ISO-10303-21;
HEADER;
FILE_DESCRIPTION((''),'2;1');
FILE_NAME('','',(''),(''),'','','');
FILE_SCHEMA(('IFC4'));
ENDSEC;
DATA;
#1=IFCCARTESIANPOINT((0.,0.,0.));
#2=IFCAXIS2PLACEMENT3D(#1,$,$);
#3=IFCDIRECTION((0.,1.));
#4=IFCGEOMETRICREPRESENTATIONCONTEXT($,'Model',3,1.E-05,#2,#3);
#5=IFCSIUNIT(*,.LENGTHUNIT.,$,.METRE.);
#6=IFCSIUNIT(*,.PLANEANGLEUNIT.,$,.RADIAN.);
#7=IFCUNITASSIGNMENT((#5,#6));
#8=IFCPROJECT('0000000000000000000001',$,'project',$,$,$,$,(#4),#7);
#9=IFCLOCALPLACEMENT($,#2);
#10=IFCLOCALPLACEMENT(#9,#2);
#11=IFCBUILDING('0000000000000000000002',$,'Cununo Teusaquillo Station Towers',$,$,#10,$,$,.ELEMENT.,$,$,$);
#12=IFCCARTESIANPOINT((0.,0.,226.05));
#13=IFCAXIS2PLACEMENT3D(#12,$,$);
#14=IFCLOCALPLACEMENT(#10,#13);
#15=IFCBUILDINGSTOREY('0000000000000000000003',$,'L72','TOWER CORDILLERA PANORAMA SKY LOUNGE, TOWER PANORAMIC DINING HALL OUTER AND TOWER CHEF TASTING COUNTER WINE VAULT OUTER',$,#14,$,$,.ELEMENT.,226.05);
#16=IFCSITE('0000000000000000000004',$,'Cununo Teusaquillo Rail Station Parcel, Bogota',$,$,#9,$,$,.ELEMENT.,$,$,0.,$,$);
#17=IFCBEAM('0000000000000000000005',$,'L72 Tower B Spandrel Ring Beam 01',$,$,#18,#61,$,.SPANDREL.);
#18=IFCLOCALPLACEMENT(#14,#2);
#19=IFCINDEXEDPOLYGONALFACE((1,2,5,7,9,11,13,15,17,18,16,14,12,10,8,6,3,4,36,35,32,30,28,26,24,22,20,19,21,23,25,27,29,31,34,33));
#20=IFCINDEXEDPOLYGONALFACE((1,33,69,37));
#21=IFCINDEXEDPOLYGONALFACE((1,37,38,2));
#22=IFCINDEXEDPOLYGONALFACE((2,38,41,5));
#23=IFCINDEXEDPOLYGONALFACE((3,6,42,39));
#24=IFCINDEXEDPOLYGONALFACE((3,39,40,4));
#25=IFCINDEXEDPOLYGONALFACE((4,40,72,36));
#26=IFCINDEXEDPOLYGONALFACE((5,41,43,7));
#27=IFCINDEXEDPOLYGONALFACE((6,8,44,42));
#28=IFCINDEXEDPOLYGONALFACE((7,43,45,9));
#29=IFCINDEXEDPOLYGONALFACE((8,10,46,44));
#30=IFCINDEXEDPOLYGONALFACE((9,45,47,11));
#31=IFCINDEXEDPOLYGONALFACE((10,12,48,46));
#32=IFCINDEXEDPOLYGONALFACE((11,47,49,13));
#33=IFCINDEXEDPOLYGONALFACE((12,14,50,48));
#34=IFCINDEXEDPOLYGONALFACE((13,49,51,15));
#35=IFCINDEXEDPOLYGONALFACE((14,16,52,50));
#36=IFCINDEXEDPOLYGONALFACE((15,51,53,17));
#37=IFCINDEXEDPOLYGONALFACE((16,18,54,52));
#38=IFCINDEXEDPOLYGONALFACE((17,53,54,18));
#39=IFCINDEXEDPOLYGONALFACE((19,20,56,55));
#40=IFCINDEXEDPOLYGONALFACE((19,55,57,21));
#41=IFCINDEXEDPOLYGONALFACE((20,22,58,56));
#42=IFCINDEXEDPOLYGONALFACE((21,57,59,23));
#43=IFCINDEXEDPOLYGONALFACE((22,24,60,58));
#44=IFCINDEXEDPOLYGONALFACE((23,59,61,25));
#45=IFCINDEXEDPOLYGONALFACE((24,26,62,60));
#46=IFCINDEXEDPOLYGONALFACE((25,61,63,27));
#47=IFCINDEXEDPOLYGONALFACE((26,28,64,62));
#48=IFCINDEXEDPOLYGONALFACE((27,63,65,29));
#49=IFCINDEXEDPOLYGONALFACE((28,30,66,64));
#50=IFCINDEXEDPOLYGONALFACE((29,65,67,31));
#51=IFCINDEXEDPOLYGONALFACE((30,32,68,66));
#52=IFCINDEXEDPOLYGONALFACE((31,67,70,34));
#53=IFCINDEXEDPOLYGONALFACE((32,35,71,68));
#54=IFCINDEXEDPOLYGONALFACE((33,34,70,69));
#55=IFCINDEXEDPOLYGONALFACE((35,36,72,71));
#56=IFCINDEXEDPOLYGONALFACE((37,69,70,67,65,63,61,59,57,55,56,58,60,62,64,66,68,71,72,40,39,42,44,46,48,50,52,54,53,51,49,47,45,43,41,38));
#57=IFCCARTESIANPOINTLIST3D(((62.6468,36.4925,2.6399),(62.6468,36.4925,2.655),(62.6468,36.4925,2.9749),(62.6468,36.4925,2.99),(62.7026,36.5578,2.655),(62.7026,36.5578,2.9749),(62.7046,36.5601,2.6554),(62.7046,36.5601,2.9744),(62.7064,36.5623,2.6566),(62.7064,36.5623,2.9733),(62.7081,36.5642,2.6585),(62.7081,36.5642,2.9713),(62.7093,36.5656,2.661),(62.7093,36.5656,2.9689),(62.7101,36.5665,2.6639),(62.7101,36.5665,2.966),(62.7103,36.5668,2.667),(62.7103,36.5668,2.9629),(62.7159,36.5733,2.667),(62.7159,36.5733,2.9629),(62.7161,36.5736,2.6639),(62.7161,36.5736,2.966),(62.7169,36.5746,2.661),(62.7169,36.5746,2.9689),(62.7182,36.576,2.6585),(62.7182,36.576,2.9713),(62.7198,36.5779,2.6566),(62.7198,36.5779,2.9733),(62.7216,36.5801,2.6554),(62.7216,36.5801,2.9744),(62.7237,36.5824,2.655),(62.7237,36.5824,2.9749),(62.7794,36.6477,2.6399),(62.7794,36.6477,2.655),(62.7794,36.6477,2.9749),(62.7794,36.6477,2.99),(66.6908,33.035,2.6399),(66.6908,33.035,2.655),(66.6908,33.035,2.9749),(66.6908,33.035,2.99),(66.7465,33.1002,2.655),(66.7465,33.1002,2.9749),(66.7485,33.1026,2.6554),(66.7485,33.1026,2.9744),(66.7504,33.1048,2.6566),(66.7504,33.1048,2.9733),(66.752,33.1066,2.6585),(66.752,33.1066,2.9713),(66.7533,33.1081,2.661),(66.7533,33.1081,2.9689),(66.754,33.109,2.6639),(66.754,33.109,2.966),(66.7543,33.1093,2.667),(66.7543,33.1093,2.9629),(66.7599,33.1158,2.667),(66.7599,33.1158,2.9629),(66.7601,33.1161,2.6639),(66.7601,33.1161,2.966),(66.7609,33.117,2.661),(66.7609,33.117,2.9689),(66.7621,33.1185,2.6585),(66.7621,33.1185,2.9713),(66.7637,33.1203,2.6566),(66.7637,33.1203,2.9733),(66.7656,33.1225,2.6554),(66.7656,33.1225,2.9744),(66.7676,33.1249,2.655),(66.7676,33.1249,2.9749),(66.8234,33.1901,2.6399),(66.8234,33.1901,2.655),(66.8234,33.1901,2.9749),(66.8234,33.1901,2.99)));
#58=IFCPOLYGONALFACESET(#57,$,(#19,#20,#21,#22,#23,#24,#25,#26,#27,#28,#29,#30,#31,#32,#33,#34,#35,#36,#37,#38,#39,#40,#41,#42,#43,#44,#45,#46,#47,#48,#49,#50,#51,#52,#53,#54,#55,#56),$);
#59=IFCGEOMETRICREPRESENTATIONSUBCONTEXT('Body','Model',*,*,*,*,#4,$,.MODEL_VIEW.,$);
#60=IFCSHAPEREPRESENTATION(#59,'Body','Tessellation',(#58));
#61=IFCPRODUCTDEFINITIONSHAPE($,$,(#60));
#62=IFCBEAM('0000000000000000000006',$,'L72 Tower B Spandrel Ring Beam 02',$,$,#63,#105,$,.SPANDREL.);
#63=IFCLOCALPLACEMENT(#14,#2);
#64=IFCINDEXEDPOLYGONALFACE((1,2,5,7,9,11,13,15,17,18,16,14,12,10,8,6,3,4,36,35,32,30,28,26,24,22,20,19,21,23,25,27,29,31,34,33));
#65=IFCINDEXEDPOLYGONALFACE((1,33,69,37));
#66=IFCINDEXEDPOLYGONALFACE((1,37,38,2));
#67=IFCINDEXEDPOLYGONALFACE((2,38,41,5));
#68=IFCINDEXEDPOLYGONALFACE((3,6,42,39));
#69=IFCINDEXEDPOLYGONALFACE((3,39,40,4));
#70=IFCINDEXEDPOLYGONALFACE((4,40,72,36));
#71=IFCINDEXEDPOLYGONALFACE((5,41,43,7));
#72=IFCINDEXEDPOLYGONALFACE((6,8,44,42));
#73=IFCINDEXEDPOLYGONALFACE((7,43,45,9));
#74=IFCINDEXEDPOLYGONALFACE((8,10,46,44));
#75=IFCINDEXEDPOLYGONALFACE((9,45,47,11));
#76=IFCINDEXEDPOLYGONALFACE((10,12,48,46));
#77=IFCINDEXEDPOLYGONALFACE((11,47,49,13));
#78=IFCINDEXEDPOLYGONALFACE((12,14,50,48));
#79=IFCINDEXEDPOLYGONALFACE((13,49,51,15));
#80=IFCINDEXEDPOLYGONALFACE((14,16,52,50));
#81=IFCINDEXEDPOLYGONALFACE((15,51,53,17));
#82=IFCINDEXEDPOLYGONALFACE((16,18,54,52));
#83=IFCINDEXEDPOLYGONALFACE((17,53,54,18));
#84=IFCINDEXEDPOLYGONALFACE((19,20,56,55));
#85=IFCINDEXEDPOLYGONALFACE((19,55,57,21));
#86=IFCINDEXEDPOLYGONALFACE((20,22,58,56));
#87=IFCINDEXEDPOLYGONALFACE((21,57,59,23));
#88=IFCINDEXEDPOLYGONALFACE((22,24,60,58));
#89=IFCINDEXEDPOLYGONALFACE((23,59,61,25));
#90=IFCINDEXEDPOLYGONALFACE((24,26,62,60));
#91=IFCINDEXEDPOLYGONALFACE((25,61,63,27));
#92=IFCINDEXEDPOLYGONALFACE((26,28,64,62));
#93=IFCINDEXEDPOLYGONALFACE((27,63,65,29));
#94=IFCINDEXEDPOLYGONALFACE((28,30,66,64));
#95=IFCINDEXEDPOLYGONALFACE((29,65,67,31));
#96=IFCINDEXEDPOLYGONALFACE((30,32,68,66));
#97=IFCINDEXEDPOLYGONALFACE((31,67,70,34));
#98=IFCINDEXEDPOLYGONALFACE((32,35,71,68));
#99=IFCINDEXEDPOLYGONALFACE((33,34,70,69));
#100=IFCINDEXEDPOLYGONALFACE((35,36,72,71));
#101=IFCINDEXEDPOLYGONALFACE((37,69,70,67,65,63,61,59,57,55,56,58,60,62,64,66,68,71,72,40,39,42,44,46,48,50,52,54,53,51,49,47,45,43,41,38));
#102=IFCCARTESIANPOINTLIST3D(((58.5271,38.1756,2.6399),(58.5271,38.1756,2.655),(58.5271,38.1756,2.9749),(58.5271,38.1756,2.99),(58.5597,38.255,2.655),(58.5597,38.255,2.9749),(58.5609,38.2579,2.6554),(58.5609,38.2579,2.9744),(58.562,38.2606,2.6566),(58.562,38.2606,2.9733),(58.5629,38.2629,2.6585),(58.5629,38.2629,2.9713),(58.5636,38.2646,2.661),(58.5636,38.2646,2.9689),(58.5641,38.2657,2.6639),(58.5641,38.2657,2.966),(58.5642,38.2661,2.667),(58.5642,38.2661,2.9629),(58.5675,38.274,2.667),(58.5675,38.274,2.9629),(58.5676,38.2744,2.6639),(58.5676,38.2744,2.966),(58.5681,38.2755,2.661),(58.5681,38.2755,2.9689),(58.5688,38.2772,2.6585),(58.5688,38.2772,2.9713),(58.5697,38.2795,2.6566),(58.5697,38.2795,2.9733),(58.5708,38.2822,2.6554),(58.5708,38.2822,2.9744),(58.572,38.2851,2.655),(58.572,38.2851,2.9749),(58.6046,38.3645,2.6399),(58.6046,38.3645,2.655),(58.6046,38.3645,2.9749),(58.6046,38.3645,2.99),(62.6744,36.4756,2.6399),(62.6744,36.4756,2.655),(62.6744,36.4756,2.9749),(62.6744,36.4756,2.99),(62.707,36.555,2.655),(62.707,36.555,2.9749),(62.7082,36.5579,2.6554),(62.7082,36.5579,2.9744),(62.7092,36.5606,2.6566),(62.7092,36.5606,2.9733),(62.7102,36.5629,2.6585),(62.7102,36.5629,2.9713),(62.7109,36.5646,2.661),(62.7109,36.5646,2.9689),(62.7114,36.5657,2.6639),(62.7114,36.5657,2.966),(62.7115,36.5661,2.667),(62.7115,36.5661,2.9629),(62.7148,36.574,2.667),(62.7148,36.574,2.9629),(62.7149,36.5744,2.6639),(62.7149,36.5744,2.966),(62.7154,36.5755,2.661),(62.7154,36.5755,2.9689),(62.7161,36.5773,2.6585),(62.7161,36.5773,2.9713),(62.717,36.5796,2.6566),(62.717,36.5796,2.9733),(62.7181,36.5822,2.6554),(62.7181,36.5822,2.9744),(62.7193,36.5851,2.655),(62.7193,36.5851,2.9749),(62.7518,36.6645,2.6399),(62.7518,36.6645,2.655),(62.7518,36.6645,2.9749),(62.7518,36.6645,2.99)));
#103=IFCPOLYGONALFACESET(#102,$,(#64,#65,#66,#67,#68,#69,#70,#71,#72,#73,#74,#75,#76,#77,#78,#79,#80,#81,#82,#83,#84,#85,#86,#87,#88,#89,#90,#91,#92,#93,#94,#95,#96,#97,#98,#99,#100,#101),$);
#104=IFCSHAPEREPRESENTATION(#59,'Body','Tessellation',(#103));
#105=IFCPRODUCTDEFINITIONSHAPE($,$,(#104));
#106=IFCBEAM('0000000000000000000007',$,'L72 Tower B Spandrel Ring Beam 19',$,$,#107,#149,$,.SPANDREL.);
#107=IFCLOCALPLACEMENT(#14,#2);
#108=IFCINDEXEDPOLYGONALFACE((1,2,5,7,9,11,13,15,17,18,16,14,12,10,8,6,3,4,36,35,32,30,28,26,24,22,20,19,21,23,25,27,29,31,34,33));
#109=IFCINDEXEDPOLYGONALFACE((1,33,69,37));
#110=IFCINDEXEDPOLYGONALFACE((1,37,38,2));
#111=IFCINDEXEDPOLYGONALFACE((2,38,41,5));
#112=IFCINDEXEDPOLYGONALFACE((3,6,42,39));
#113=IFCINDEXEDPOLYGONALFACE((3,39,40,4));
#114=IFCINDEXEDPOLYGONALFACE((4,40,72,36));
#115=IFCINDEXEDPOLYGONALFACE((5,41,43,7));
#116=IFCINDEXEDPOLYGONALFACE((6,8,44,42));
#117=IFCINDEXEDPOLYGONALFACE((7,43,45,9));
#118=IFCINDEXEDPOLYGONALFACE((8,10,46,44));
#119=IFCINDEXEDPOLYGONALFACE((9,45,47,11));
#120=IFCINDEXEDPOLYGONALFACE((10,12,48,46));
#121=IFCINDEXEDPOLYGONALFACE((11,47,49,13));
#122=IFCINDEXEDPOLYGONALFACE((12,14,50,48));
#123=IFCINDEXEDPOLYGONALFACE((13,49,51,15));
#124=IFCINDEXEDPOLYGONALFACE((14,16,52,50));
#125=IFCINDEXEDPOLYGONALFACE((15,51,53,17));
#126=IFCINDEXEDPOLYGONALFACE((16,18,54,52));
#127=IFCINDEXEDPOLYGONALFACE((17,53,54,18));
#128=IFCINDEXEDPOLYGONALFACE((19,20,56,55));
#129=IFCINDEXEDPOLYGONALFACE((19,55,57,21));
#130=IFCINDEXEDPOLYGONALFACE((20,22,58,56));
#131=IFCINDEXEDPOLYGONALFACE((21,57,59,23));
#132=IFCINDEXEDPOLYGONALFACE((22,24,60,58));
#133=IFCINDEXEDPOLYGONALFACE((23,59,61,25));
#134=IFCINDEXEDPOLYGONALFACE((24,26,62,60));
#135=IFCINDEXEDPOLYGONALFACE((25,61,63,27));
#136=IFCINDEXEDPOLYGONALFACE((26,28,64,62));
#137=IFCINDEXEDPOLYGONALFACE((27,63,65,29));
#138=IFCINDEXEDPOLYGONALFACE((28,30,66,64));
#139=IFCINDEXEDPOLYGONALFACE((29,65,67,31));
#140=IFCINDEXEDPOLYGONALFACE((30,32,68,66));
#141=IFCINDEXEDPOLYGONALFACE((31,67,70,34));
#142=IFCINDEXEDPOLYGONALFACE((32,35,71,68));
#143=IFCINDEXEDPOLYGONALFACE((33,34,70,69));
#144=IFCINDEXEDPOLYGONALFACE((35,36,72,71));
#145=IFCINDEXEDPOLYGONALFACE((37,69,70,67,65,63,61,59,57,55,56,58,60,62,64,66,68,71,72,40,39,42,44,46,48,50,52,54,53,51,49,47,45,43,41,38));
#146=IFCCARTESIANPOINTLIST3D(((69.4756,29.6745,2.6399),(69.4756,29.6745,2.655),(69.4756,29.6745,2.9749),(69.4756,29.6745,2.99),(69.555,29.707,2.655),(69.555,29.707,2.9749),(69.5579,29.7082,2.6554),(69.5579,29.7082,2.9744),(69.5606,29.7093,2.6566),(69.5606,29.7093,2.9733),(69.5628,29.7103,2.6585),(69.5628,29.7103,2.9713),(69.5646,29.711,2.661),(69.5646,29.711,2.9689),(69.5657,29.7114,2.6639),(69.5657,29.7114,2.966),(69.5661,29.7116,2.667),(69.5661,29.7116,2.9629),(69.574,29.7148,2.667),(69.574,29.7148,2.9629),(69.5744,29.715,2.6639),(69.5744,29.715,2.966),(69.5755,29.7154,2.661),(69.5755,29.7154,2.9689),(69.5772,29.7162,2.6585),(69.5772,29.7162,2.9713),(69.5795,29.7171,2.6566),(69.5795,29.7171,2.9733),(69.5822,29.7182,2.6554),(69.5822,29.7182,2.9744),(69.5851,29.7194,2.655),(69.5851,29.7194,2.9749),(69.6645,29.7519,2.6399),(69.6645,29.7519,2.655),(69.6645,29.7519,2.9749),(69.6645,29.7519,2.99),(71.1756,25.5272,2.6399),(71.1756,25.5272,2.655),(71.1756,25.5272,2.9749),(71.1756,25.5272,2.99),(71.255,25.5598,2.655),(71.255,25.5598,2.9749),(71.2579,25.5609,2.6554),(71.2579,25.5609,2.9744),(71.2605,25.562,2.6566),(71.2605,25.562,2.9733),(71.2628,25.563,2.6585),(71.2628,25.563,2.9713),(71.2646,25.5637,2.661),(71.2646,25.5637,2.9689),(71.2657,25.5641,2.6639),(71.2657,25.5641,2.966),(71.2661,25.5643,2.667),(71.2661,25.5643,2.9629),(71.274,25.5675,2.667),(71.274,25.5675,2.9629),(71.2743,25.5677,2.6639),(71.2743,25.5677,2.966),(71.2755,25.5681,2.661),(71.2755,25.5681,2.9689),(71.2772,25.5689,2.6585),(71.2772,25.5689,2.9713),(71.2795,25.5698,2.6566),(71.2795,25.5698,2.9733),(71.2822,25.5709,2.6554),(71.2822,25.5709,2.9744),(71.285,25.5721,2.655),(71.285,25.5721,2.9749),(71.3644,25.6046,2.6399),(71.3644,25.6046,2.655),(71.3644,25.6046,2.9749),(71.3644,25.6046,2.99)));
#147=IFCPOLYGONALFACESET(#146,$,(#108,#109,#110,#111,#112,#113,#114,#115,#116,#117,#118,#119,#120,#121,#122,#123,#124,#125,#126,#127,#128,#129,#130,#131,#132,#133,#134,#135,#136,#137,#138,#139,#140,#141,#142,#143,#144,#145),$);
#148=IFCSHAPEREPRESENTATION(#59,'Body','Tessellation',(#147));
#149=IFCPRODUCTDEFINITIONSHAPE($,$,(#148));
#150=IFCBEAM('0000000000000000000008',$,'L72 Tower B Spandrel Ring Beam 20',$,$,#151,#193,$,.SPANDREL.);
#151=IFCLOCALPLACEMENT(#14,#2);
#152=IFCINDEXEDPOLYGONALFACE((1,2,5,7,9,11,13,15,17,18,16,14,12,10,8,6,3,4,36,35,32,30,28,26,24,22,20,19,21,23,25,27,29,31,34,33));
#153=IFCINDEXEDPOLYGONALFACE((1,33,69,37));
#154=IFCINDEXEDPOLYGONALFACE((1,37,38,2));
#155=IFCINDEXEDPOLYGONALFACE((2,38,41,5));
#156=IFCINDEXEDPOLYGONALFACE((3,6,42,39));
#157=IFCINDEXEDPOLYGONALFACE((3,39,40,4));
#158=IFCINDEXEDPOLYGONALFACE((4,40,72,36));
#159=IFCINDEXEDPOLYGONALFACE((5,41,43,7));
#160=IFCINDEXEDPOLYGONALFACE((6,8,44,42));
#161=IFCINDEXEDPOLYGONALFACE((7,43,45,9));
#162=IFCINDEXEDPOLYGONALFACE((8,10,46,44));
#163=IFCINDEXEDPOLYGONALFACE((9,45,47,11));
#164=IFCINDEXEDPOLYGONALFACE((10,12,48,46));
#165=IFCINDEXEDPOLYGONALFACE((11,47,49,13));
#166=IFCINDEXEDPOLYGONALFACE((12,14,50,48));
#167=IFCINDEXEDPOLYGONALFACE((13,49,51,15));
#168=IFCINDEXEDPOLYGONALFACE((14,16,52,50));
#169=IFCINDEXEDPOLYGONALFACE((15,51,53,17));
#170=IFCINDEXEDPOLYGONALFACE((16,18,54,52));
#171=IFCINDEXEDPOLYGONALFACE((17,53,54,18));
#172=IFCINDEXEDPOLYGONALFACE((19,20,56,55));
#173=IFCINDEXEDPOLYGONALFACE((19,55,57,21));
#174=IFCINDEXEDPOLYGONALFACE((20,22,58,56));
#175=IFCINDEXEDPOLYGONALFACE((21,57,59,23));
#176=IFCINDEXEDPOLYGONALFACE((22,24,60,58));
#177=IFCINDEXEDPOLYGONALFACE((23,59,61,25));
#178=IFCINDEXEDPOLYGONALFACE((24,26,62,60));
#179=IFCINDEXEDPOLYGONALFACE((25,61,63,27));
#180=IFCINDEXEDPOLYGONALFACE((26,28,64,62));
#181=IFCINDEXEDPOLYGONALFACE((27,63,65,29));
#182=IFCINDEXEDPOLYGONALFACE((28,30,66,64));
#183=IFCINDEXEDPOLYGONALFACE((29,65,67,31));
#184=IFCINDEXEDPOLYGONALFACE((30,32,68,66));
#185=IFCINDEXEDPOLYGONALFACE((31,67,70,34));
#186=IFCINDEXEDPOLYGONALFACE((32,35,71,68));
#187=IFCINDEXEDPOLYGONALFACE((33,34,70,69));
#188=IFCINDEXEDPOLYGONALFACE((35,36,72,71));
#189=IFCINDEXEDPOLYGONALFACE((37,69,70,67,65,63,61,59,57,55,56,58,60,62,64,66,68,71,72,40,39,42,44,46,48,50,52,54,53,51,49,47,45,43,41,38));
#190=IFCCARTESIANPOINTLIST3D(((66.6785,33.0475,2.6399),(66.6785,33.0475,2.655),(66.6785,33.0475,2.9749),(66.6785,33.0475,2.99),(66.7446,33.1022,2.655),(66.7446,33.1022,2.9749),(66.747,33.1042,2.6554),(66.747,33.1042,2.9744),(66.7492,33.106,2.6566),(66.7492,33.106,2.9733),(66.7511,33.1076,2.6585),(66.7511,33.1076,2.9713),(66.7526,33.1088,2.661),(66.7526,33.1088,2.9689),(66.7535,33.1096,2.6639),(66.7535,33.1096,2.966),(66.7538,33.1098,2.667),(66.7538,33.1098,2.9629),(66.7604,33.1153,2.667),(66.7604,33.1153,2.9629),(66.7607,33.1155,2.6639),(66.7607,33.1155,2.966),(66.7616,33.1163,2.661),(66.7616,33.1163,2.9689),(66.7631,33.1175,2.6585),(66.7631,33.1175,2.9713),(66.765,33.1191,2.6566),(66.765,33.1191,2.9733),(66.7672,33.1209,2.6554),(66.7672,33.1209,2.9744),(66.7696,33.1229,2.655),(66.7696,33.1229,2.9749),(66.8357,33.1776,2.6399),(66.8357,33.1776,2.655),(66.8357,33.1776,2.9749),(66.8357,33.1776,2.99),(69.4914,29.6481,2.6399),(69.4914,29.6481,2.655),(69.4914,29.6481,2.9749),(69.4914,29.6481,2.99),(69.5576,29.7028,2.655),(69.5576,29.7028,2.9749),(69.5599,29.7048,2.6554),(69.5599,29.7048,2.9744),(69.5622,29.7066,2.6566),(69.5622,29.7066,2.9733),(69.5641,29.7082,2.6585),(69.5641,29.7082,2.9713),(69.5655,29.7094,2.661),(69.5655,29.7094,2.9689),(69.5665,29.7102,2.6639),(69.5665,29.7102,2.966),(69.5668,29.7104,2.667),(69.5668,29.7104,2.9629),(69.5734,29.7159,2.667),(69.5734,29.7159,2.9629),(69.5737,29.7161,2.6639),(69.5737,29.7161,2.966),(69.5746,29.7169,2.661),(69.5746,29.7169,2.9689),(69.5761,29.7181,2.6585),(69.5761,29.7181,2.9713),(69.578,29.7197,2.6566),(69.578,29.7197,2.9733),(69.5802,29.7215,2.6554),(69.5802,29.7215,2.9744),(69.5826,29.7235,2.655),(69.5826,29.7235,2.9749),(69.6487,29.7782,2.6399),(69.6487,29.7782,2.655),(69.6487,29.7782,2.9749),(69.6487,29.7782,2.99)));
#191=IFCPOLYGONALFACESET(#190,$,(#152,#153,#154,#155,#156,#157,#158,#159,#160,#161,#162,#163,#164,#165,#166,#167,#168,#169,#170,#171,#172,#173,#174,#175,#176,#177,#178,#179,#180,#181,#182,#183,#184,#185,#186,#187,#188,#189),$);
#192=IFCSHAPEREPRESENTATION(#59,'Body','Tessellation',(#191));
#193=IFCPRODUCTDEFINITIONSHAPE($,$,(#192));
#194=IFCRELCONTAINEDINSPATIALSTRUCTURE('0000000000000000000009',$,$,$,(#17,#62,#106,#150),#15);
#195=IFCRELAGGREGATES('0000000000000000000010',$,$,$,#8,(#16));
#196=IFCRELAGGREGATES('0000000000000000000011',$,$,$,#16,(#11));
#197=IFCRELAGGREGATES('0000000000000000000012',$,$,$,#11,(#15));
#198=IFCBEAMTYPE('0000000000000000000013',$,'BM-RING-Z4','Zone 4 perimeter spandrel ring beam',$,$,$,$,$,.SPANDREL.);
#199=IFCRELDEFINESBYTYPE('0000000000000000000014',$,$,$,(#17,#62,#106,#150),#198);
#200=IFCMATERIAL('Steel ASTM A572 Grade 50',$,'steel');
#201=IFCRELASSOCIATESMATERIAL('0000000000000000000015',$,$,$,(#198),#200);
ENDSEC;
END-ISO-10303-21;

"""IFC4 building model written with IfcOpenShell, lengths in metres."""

from ifc_helpers import new_model, si_unit, direction, frame, origin, origin_2d, place, context, subcontext, project, spatial, i_section, extrude, material, material_profile, profile_set, type_object, element, save


model = new_model("IFC4")

# Units and contexts
model_context = context("Model", 3, precision=1e-05, world=origin(), true_north=direction((0.0, 1.0)))
body_context = subcontext(model_context, "Body", "Model", "MODEL_VIEW")
ifc_project = project(units=[si_unit("LENGTHUNIT", "METRE"), si_unit("PLANEANGLEUNIT", "RADIAN")], contexts=[model_context])

# Site, building, storey
site_placement = place(None, origin())
site = spatial("IfcSite", under=ifc_project, at=site_placement, Name="Cununo Teusaquillo Rail Station Parcel, Bogota", CompositionType="ELEMENT", RefElevation=0.0)
building_placement = place(site_placement, origin())
building = spatial("IfcBuilding", under=site, at=building_placement, Name="Cununo Teusaquillo Station Towers", CompositionType="ELEMENT")
storey_placement = place(building_placement, frame((0.0, 0.0, 226.05)))
storey = spatial("IfcBuildingStorey", under=building, at=storey_placement, Name="L72", Description="TOWER CORDILLERA PANORAMA SKY LOUNGE, TOWER PANORAMIC DINING HALL OUTER AND TOWER CHEF TASTING COUNTER WINE VAULT OUTER", CompositionType="ELEMENT", Elevation=226.05)

# Beams
ifc_material_1 = material(Name="Steel ASTM A572 Grade 50", Category="steel")
ifc_material_profile_1 = material_profile(ifc_material_1, i_section(OverallWidth=0.2041, OverallDepth=0.3501, WebThickness=0.0085, FlangeThickness=0.0151, FilletRadius=0.012, at=origin_2d()), Name="W14X48")
ifc_profile_set_1 = profile_set([ifc_material_profile_1], Name="Steel ASTM A572 Grade 50")
beam_type = type_object("IfcBeamType", Name="BM-RING-Z4", Description="Zone 4 perimeter spandrel ring beam", PredefinedType="SPANDREL", material=ifc_profile_set_1)
beam_1_placement = place(storey_placement, frame((66.7571, 33.1125, 2.8149), z_axis=(-0.760066, 0.649846, 0.0), x_axis=(-0.649846, -0.760066, 0.0)))
element("IfcBeam", 1, at=beam_1_placement, inside=storey, type_object=beam_type, Name="L72 Tower B Spandrel Ring Beam 01", PredefinedType="SPANDREL", context=body_context, shape_type="SweptSolid", body=[
    extrude(i_section(OverallWidth=0.2041, OverallDepth=0.3501, WebThickness=0.0085, FlangeThickness=0.0151, FilletRadius=0.012, at=origin_2d()), origin(), (0.0, 0.0, 1.0), 5.3206),
])
for number, where, z_axis, x_axis, name in (
    (2, (62.7131, 36.5701, 2.8149), (-0.925284, 0.379275, 0.0), (-0.379275, -0.925284, 0.0), "L72 Tower B Spandrel Ring Beam 02"),
    (3, (71.27, 25.5659, 2.8149), (-0.379275, 0.925284, 0.0), (-0.925284, -0.379275, 0.0), "L72 Tower B Spandrel Ring Beam 19"),
):
    element("IfcBeam", number, at=place(storey_placement, frame(where, z_axis=z_axis, x_axis=x_axis)), inside=storey, type_object=beam_type, Name=name, PredefinedType="SPANDREL", context=body_context, shape_type="SweptSolid", body=[
        extrude(i_section(OverallWidth=0.2041, OverallDepth=0.3501, WebThickness=0.0085, FlangeThickness=0.0151, FilletRadius=0.012, at=origin_2d()), origin(), (0.0, 0.0, 1.0), 4.4822),
    ])
beam_2_placement = place(storey_placement, frame((69.5701, 29.7131, 2.8149), z_axis=(-0.637525, 0.77043, 0.0), x_axis=(-0.77043, -0.637525, 0.0)))
element("IfcBeam", 4, at=beam_2_placement, inside=storey, type_object=beam_type, Name="L72 Tower B Spandrel Ring Beam 20", PredefinedType="SPANDREL", context=body_context, shape_type="SweptSolid", body=[
    extrude(i_section(OverallWidth=0.2041, OverallDepth=0.3501, WebThickness=0.0085, FlangeThickness=0.0151, FilletRadius=0.012, at=origin_2d()), origin(), (0.0, 0.0, 1.0), 4.4124),
])

save(model, "model.ifc")
